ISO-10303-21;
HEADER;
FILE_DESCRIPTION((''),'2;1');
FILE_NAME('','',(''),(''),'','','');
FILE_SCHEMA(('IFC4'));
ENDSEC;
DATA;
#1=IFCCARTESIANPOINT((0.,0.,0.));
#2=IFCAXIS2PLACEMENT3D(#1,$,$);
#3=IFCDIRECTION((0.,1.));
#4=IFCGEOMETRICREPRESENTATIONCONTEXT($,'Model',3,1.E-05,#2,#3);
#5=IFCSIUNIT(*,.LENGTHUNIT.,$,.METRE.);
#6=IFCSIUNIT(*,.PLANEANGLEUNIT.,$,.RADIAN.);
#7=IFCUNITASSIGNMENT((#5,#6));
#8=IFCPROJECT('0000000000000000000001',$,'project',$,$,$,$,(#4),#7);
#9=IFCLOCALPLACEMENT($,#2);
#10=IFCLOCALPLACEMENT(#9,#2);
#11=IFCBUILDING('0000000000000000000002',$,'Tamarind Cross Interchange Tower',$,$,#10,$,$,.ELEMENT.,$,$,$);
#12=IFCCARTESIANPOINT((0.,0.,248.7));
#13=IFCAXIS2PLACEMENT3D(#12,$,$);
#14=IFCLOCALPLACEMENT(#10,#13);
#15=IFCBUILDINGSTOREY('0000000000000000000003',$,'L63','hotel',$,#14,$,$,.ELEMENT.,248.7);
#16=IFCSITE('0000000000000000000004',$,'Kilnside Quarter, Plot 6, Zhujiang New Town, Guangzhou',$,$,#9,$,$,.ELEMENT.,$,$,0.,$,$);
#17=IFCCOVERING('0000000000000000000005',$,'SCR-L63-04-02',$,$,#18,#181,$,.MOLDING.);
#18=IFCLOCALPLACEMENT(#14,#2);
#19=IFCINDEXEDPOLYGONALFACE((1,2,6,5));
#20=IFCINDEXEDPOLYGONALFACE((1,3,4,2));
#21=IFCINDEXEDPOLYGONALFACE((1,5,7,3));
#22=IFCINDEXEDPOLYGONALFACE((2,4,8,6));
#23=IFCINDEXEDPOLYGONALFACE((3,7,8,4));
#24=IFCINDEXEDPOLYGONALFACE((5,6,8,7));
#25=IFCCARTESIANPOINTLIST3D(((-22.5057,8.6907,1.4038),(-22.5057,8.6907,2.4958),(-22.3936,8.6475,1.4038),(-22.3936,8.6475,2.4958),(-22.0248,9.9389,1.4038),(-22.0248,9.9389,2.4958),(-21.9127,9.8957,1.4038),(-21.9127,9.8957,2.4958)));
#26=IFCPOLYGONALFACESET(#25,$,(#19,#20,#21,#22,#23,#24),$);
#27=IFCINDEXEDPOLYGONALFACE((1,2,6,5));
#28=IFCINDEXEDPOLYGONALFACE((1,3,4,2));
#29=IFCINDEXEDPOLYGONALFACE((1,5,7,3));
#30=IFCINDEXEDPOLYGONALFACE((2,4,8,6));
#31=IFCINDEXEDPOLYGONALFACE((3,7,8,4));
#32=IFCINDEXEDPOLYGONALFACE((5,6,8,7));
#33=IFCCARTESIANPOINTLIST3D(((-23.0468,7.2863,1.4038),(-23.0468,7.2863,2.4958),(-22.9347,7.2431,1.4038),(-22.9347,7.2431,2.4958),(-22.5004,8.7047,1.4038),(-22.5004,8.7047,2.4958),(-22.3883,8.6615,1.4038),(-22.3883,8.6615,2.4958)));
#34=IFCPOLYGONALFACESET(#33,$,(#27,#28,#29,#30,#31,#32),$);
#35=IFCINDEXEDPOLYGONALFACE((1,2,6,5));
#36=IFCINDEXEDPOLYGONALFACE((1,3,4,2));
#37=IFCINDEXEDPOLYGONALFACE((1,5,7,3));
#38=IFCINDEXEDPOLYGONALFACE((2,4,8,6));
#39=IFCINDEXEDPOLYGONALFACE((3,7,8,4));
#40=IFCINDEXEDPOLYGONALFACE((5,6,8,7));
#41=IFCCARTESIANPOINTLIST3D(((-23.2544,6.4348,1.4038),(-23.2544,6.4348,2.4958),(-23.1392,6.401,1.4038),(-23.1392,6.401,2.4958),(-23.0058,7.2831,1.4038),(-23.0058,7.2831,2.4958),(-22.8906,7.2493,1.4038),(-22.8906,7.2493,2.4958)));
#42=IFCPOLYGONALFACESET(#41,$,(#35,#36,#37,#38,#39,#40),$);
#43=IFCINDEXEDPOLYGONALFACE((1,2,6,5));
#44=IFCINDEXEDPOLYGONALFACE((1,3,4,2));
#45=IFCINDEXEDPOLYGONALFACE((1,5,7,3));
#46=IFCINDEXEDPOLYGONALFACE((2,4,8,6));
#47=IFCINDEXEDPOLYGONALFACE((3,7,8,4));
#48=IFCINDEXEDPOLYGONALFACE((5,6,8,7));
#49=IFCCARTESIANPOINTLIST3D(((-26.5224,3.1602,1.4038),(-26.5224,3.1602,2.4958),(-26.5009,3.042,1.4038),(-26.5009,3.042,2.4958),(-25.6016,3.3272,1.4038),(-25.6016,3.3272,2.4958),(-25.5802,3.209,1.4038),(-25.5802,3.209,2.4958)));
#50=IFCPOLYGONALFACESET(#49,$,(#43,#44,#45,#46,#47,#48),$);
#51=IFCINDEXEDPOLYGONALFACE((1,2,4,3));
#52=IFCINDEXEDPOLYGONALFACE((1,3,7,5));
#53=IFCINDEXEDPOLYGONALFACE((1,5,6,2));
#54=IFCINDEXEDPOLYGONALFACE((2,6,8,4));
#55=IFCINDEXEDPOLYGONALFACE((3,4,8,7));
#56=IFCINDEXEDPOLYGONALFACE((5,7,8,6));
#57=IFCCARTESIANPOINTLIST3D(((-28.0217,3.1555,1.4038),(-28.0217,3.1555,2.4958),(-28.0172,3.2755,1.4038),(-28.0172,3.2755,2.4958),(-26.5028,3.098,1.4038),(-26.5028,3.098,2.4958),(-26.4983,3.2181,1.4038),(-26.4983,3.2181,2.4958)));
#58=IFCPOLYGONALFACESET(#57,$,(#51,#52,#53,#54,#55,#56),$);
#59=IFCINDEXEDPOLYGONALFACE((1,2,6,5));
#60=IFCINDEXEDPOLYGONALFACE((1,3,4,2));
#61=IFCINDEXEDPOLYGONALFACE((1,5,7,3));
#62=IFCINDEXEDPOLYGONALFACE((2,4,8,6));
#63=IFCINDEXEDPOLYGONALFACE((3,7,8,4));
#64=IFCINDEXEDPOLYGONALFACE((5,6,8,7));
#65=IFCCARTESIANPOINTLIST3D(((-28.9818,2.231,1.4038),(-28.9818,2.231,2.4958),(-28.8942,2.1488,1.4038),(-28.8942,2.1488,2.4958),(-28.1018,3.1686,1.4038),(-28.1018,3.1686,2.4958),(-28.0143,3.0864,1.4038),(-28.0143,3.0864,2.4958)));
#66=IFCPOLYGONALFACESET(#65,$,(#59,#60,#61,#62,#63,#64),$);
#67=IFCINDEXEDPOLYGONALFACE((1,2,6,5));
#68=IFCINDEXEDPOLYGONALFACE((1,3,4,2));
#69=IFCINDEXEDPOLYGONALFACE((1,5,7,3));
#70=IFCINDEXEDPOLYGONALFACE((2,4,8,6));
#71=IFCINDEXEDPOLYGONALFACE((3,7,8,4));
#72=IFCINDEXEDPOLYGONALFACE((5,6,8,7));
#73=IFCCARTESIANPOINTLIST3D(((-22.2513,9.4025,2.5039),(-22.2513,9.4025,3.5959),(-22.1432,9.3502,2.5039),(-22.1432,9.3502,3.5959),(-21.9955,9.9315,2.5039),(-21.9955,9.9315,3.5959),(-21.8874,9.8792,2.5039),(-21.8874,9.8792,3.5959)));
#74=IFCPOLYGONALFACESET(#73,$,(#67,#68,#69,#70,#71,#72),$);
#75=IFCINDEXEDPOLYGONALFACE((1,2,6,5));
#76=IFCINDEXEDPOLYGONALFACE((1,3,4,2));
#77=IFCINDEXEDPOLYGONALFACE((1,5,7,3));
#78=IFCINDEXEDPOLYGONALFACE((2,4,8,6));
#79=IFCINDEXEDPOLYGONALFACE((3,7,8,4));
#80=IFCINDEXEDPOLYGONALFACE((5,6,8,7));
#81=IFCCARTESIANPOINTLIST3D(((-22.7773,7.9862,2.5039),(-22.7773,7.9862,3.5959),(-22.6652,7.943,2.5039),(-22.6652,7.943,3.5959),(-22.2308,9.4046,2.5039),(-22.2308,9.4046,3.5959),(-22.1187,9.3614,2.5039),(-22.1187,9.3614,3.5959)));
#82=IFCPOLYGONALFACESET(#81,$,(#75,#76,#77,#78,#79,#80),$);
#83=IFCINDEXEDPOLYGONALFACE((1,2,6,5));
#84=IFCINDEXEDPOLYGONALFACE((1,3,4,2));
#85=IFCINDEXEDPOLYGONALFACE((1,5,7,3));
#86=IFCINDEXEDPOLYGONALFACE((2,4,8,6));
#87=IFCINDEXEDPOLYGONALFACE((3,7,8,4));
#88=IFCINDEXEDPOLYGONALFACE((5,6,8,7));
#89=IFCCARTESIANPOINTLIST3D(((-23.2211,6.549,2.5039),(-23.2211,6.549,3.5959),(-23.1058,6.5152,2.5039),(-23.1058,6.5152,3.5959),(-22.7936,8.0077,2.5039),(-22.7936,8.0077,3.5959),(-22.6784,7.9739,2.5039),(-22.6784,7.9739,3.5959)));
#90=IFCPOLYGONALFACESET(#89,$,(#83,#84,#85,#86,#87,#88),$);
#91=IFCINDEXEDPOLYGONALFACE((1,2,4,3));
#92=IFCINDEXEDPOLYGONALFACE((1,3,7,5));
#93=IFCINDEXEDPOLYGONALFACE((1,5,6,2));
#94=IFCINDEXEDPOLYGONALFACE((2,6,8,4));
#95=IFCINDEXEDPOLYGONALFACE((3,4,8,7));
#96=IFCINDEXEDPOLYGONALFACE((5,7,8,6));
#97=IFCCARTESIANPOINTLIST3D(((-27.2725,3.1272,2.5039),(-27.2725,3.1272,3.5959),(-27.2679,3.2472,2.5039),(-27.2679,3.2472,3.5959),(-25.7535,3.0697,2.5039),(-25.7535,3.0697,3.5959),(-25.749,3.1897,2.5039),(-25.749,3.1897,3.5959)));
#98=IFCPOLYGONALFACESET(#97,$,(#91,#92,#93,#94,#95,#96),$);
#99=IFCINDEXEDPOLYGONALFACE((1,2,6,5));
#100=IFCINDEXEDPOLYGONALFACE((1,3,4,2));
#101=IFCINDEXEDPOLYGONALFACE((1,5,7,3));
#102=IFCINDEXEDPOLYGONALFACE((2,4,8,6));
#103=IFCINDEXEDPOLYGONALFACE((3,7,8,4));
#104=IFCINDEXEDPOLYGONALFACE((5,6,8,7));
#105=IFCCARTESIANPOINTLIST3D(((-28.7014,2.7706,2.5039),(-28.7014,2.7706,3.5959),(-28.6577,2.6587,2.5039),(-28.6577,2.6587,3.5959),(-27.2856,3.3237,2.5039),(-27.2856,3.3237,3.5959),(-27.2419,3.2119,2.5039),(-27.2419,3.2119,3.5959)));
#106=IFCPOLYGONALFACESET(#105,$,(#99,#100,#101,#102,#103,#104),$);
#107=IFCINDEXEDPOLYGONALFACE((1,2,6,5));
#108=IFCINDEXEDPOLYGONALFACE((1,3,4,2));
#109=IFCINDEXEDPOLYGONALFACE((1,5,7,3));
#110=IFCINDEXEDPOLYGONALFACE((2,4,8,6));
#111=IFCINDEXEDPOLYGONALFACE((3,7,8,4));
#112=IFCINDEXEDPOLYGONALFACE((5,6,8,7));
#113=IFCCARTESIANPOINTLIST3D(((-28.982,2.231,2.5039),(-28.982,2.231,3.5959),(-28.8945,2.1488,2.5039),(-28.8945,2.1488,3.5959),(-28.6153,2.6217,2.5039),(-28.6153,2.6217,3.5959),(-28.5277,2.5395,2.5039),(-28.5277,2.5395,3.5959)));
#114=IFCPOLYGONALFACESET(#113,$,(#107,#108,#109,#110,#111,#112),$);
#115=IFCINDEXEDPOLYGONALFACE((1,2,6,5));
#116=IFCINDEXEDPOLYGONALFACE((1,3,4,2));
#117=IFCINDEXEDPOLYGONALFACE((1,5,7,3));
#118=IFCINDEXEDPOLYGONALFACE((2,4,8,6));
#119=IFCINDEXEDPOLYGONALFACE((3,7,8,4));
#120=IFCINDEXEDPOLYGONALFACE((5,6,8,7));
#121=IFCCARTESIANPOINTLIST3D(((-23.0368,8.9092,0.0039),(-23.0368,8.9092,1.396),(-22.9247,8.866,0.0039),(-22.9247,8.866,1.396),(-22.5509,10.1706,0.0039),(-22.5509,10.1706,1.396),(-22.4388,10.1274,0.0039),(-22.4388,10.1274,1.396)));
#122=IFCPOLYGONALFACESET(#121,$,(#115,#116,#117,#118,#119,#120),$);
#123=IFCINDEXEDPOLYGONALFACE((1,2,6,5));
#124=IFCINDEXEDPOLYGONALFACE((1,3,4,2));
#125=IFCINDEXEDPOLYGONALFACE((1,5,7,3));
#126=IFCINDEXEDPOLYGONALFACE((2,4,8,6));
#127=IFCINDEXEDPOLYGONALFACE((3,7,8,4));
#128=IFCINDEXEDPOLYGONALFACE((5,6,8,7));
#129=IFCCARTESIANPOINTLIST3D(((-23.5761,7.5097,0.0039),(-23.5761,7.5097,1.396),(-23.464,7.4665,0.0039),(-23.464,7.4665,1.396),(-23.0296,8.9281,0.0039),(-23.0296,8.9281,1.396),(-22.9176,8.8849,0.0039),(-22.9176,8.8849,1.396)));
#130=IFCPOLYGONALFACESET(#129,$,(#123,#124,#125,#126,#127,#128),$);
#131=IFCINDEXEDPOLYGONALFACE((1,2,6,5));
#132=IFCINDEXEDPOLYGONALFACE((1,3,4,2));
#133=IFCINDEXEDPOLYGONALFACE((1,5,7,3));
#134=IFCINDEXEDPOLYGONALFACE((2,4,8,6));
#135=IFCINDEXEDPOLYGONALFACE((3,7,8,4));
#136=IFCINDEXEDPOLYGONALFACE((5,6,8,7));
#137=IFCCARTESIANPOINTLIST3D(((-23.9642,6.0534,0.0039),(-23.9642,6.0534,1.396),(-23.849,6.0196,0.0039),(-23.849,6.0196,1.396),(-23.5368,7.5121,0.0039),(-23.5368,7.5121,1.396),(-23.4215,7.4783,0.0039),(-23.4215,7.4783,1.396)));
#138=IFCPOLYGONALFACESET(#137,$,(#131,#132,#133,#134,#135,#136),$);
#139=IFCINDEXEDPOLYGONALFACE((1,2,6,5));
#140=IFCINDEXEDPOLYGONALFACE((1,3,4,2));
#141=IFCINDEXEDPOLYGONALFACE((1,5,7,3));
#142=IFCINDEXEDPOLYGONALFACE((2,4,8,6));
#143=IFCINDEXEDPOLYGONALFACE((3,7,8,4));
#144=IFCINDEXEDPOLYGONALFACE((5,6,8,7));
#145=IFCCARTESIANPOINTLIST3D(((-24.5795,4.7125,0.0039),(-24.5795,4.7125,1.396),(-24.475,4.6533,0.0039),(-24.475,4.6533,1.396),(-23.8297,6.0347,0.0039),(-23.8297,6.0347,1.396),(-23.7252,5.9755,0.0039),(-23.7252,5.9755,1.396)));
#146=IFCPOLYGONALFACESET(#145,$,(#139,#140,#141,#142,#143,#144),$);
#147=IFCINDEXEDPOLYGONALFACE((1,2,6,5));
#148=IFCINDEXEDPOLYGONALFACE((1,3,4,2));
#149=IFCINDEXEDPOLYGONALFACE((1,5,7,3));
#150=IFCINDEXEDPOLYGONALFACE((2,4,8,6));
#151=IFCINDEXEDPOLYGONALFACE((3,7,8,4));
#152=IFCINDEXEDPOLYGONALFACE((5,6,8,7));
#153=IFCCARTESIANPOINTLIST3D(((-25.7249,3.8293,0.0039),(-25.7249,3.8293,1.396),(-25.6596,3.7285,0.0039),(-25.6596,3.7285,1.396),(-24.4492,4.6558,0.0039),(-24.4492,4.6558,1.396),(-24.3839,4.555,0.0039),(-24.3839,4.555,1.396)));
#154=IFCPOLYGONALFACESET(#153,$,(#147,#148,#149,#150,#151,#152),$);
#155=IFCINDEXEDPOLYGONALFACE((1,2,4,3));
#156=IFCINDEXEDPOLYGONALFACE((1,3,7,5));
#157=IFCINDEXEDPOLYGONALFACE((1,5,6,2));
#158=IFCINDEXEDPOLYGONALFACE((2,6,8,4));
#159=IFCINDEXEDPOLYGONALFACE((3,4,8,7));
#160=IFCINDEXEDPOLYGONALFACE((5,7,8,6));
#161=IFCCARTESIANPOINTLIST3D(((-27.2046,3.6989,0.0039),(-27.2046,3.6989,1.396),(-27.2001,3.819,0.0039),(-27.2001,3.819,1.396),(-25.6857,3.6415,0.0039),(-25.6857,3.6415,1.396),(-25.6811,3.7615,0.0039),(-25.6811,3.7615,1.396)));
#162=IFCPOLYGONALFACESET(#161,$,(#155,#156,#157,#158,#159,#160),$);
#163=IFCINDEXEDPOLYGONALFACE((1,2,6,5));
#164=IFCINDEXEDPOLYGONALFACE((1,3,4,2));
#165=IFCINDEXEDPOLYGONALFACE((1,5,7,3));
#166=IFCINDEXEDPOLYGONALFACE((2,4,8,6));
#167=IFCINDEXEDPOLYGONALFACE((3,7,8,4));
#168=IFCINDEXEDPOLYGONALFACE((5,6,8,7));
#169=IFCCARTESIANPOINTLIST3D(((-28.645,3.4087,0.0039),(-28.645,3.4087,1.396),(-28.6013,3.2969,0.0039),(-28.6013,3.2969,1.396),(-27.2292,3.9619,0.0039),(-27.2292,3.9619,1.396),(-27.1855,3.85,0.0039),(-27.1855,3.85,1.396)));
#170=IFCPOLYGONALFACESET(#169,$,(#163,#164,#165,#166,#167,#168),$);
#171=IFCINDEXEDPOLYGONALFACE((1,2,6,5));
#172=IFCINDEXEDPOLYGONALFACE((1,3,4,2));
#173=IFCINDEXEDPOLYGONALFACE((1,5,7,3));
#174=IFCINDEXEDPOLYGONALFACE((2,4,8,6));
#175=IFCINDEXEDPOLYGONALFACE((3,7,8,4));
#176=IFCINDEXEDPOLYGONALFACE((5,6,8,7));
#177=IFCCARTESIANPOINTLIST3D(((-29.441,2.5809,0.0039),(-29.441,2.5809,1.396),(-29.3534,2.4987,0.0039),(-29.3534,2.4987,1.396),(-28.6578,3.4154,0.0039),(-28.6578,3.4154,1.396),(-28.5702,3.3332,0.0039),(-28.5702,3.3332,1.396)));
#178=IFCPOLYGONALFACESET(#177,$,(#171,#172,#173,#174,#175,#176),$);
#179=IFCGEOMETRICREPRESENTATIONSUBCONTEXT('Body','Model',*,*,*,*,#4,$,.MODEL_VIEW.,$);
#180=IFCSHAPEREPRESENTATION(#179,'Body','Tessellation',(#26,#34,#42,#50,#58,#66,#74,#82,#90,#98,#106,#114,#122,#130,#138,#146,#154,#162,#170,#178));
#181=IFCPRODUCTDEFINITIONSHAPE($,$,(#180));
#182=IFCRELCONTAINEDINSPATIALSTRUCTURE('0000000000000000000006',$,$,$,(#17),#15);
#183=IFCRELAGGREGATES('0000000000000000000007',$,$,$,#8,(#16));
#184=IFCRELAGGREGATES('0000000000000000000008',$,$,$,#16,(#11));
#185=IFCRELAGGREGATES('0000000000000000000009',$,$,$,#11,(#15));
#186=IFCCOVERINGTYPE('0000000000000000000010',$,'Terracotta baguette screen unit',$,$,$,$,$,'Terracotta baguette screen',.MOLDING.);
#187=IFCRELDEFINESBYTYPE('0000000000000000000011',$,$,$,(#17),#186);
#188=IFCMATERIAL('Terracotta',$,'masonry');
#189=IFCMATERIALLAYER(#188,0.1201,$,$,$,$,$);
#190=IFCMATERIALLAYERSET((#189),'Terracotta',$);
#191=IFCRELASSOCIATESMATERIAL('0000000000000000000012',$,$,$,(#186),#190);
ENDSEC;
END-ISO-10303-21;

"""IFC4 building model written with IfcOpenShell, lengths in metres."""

from ifc_helpers import new_model, si_unit, direction, frame, origin, origin_2d, place, context, subcontext, project, spatial, rectangle, extrude, material, layer, layer_set, type_object, element, save


model = new_model("IFC4")

# Units and contexts
model_context = context("Model", 3, precision=1e-05, world=origin(), true_north=direction((0.0, 1.0)))
body_context = subcontext(model_context, "Body", "Model", "MODEL_VIEW")
ifc_project = project(units=[si_unit("LENGTHUNIT", "METRE"), si_unit("PLANEANGLEUNIT", "RADIAN")], contexts=[model_context])

# Site, building, storey
site_placement = place(None, origin())
site = spatial("IfcSite", under=ifc_project, at=site_placement, Name="Kilnside Quarter, Plot 6, Zhujiang New Town, Guangzhou", CompositionType="ELEMENT", RefElevation=0.0)
building_placement = place(site_placement, origin())
building = spatial("IfcBuilding", under=site, at=building_placement, Name="Tamarind Cross Interchange Tower", CompositionType="ELEMENT")
storey_placement = place(building_placement, frame((0.0, 0.0, 248.7)))
storey = spatial("IfcBuildingStorey", under=building, at=storey_placement, Name="L63", Description="hotel", CompositionType="ELEMENT", Elevation=248.7)

# Covering
ifc_material_1 = material(Name="Terracotta", Category="masonry")
ifc_layer_1 = layer(ifc_material_1, 0.1201)
ifc_layer_set_1 = layer_set([ifc_layer_1], Name="Terracotta")
covering_type = type_object("IfcCoveringType", Name="Terracotta baguette screen unit", ElementType="Terracotta baguette screen", PredefinedType="MOLDING", material=ifc_layer_set_1)
covering_1_placement = place(storey_placement, origin())
element("IfcCovering", 1, at=covering_1_placement, inside=storey, type_object=covering_type, Name="SCR-L63-04-02", PredefinedType="MOLDING", context=body_context, shape_type="SweptSolid", body=[
    extrude(rectangle(XDim=1.3376, YDim=0.1201, at=origin_2d()), frame((-22.2092, 9.2932, 1.4038), z_axis=(0.0, 0.0, 1.0), x_axis=(-0.359495, -0.933147, 0.0)), (0.0, 0.0, 1.0), 1.092),
    extrude(rectangle(XDim=1.52, YDim=0.1201, at=origin_2d()), frame((-22.7175, 7.9739, 1.4038), z_axis=(0.0, 0.0, 1.0), x_axis=(-0.359495, -0.933147, 0.0)), (0.0, 0.0, 1.0), 1.092),
    extrude(rectangle(XDim=0.884, YDim=0.1201, at=origin_2d()), frame((-23.0725, 6.842, 1.4038), z_axis=(0.0, 0.0, 1.0), x_axis=(-0.281209, -0.959647, 0.0)), (0.0, 0.0, 1.0), 1.092),
    extrude(rectangle(XDim=0.9358, YDim=0.1201, at=origin_2d()), frame((-26.0513, 3.1846, 1.4038), z_axis=(0.0, 0.0, 1.0), x_axis=(-0.983947, -0.178462, 0.0)), (0.0, 0.0, 1.0), 1.092),
    extrude(rectangle(XDim=1.52, YDim=0.1201, at=origin_2d()), frame((-27.26, 3.1868, 1.4038), z_axis=(0.0, 0.0, 1.0), x_axis=(-0.999286, 0.037792, 0.0)), (0.0, 0.0, 1.0), 1.092),
    extrude(rectangle(XDim=1.2859, YDim=0.1201, at=origin_2d()), frame((-28.498, 2.6587, 1.4038), z_axis=(0.0, 0.0, 1.0), x_axis=(-0.684341, -0.729162, 0.0)), (0.0, 0.0, 1.0), 1.092),
    extrude(rectangle(XDim=0.5876, YDim=0.1201, at=origin_2d()), frame((-22.0693, 9.6409, 2.5039), z_axis=(0.0, 0.0, 1.0), x_axis=(-0.435326, -0.900273, 0.0)), (0.0, 0.0, 1.0), 1.092),
    extrude(rectangle(XDim=1.52, YDim=0.1201, at=origin_2d()), frame((-22.448, 8.6738, 2.5039), z_axis=(0.0, 0.0, 1.0), x_axis=(-0.359495, -0.933147, 0.0)), (0.0, 0.0, 1.0), 1.092),
    extrude(rectangle(XDim=1.52, YDim=0.1201, at=origin_2d()), frame((-22.9497, 7.2615, 2.5039), z_axis=(0.0, 0.0, 1.0), x_axis=(-0.281209, -0.959647, 0.0)), (0.0, 0.0, 1.0), 1.092),
    extrude(rectangle(XDim=1.52, YDim=0.1201, at=origin_2d()), frame((-26.5107, 3.1584, 2.5039), z_axis=(0.0, 0.0, 1.0), x_axis=(-0.999286, 0.037792, 0.0)), (0.0, 0.0, 1.0), 1.092),
    extrude(rectangle(XDim=1.52, YDim=0.1201, at=origin_2d()), frame((-27.9717, 2.9912, 2.5039), z_axis=(0.0, 0.0, 1.0), x_axis=(-0.931429, -0.363924, 0.0)), (0.0, 0.0, 1.0), 1.092),
    extrude(rectangle(XDim=0.5359, YDim=0.1201, at=origin_2d()), frame((-28.7549, 2.3853, 2.5039), z_axis=(0.0, 0.0, 1.0), x_axis=(-0.684341, -0.729162, 0.0)), (0.0, 0.0, 1.0), 1.092),
    extrude(rectangle(XDim=1.3518, YDim=0.1201, at=origin_2d()), frame((-22.7378, 9.5183, 0.0039), z_axis=(0.0, 0.0, 1.0), x_axis=(-0.359495, -0.933147, 0.0)), (0.0, 0.0, 1.0), 1.3921),
    extrude(rectangle(XDim=1.52, YDim=0.1201, at=origin_2d()), frame((-23.2468, 8.1973, 0.0039), z_axis=(0.0, 0.0, 1.0), x_axis=(-0.359495, -0.933147, 0.0)), (0.0, 0.0, 1.0), 1.3921),
    extrude(rectangle(XDim=1.52, YDim=0.1201, at=origin_2d()), frame((-23.6929, 6.7659, 0.0039), z_axis=(0.0, 0.0, 1.0), x_axis=(-0.281209, -0.959647, 0.0)), (0.0, 0.0, 1.0), 1.3921),
    extrude(rectangle(XDim=1.52, YDim=0.1201, at=origin_2d()), frame((-24.1523, 5.344, 0.0039), z_axis=(0.0, 0.0, 1.0), x_axis=(-0.493267, -0.869878, 0.0)), (0.0, 0.0, 1.0), 1.3921),
    extrude(rectangle(XDim=1.52, YDim=0.1201, at=origin_2d()), frame((-25.0544, 4.1921, 0.0039), z_axis=(0.0, 0.0, 1.0), x_axis=(-0.839267, -0.543719, 0.0)), (0.0, 0.0, 1.0), 1.3921),
    extrude(rectangle(XDim=1.52, YDim=0.1201, at=origin_2d()), frame((-26.4429, 3.7302, 0.0039), z_axis=(0.0, 0.0, 1.0), x_axis=(-0.999286, 0.037792, 0.0)), (0.0, 0.0, 1.0), 1.3921),
    extrude(rectangle(XDim=1.52, YDim=0.1201, at=origin_2d()), frame((-27.9153, 3.6294, 0.0039), z_axis=(0.0, 0.0, 1.0), x_axis=(-0.931429, -0.363924, 0.0)), (0.0, 0.0, 1.0), 1.3921),
    extrude(rectangle(XDim=1.1445, YDim=0.1201, at=origin_2d()), frame((-29.0056, 2.957, 0.0039), z_axis=(0.0, 0.0, 1.0), x_axis=(-0.684341, -0.729162, 0.0)), (0.0, 0.0, 1.0), 1.3921),
])

save(model, "model.ifc")
